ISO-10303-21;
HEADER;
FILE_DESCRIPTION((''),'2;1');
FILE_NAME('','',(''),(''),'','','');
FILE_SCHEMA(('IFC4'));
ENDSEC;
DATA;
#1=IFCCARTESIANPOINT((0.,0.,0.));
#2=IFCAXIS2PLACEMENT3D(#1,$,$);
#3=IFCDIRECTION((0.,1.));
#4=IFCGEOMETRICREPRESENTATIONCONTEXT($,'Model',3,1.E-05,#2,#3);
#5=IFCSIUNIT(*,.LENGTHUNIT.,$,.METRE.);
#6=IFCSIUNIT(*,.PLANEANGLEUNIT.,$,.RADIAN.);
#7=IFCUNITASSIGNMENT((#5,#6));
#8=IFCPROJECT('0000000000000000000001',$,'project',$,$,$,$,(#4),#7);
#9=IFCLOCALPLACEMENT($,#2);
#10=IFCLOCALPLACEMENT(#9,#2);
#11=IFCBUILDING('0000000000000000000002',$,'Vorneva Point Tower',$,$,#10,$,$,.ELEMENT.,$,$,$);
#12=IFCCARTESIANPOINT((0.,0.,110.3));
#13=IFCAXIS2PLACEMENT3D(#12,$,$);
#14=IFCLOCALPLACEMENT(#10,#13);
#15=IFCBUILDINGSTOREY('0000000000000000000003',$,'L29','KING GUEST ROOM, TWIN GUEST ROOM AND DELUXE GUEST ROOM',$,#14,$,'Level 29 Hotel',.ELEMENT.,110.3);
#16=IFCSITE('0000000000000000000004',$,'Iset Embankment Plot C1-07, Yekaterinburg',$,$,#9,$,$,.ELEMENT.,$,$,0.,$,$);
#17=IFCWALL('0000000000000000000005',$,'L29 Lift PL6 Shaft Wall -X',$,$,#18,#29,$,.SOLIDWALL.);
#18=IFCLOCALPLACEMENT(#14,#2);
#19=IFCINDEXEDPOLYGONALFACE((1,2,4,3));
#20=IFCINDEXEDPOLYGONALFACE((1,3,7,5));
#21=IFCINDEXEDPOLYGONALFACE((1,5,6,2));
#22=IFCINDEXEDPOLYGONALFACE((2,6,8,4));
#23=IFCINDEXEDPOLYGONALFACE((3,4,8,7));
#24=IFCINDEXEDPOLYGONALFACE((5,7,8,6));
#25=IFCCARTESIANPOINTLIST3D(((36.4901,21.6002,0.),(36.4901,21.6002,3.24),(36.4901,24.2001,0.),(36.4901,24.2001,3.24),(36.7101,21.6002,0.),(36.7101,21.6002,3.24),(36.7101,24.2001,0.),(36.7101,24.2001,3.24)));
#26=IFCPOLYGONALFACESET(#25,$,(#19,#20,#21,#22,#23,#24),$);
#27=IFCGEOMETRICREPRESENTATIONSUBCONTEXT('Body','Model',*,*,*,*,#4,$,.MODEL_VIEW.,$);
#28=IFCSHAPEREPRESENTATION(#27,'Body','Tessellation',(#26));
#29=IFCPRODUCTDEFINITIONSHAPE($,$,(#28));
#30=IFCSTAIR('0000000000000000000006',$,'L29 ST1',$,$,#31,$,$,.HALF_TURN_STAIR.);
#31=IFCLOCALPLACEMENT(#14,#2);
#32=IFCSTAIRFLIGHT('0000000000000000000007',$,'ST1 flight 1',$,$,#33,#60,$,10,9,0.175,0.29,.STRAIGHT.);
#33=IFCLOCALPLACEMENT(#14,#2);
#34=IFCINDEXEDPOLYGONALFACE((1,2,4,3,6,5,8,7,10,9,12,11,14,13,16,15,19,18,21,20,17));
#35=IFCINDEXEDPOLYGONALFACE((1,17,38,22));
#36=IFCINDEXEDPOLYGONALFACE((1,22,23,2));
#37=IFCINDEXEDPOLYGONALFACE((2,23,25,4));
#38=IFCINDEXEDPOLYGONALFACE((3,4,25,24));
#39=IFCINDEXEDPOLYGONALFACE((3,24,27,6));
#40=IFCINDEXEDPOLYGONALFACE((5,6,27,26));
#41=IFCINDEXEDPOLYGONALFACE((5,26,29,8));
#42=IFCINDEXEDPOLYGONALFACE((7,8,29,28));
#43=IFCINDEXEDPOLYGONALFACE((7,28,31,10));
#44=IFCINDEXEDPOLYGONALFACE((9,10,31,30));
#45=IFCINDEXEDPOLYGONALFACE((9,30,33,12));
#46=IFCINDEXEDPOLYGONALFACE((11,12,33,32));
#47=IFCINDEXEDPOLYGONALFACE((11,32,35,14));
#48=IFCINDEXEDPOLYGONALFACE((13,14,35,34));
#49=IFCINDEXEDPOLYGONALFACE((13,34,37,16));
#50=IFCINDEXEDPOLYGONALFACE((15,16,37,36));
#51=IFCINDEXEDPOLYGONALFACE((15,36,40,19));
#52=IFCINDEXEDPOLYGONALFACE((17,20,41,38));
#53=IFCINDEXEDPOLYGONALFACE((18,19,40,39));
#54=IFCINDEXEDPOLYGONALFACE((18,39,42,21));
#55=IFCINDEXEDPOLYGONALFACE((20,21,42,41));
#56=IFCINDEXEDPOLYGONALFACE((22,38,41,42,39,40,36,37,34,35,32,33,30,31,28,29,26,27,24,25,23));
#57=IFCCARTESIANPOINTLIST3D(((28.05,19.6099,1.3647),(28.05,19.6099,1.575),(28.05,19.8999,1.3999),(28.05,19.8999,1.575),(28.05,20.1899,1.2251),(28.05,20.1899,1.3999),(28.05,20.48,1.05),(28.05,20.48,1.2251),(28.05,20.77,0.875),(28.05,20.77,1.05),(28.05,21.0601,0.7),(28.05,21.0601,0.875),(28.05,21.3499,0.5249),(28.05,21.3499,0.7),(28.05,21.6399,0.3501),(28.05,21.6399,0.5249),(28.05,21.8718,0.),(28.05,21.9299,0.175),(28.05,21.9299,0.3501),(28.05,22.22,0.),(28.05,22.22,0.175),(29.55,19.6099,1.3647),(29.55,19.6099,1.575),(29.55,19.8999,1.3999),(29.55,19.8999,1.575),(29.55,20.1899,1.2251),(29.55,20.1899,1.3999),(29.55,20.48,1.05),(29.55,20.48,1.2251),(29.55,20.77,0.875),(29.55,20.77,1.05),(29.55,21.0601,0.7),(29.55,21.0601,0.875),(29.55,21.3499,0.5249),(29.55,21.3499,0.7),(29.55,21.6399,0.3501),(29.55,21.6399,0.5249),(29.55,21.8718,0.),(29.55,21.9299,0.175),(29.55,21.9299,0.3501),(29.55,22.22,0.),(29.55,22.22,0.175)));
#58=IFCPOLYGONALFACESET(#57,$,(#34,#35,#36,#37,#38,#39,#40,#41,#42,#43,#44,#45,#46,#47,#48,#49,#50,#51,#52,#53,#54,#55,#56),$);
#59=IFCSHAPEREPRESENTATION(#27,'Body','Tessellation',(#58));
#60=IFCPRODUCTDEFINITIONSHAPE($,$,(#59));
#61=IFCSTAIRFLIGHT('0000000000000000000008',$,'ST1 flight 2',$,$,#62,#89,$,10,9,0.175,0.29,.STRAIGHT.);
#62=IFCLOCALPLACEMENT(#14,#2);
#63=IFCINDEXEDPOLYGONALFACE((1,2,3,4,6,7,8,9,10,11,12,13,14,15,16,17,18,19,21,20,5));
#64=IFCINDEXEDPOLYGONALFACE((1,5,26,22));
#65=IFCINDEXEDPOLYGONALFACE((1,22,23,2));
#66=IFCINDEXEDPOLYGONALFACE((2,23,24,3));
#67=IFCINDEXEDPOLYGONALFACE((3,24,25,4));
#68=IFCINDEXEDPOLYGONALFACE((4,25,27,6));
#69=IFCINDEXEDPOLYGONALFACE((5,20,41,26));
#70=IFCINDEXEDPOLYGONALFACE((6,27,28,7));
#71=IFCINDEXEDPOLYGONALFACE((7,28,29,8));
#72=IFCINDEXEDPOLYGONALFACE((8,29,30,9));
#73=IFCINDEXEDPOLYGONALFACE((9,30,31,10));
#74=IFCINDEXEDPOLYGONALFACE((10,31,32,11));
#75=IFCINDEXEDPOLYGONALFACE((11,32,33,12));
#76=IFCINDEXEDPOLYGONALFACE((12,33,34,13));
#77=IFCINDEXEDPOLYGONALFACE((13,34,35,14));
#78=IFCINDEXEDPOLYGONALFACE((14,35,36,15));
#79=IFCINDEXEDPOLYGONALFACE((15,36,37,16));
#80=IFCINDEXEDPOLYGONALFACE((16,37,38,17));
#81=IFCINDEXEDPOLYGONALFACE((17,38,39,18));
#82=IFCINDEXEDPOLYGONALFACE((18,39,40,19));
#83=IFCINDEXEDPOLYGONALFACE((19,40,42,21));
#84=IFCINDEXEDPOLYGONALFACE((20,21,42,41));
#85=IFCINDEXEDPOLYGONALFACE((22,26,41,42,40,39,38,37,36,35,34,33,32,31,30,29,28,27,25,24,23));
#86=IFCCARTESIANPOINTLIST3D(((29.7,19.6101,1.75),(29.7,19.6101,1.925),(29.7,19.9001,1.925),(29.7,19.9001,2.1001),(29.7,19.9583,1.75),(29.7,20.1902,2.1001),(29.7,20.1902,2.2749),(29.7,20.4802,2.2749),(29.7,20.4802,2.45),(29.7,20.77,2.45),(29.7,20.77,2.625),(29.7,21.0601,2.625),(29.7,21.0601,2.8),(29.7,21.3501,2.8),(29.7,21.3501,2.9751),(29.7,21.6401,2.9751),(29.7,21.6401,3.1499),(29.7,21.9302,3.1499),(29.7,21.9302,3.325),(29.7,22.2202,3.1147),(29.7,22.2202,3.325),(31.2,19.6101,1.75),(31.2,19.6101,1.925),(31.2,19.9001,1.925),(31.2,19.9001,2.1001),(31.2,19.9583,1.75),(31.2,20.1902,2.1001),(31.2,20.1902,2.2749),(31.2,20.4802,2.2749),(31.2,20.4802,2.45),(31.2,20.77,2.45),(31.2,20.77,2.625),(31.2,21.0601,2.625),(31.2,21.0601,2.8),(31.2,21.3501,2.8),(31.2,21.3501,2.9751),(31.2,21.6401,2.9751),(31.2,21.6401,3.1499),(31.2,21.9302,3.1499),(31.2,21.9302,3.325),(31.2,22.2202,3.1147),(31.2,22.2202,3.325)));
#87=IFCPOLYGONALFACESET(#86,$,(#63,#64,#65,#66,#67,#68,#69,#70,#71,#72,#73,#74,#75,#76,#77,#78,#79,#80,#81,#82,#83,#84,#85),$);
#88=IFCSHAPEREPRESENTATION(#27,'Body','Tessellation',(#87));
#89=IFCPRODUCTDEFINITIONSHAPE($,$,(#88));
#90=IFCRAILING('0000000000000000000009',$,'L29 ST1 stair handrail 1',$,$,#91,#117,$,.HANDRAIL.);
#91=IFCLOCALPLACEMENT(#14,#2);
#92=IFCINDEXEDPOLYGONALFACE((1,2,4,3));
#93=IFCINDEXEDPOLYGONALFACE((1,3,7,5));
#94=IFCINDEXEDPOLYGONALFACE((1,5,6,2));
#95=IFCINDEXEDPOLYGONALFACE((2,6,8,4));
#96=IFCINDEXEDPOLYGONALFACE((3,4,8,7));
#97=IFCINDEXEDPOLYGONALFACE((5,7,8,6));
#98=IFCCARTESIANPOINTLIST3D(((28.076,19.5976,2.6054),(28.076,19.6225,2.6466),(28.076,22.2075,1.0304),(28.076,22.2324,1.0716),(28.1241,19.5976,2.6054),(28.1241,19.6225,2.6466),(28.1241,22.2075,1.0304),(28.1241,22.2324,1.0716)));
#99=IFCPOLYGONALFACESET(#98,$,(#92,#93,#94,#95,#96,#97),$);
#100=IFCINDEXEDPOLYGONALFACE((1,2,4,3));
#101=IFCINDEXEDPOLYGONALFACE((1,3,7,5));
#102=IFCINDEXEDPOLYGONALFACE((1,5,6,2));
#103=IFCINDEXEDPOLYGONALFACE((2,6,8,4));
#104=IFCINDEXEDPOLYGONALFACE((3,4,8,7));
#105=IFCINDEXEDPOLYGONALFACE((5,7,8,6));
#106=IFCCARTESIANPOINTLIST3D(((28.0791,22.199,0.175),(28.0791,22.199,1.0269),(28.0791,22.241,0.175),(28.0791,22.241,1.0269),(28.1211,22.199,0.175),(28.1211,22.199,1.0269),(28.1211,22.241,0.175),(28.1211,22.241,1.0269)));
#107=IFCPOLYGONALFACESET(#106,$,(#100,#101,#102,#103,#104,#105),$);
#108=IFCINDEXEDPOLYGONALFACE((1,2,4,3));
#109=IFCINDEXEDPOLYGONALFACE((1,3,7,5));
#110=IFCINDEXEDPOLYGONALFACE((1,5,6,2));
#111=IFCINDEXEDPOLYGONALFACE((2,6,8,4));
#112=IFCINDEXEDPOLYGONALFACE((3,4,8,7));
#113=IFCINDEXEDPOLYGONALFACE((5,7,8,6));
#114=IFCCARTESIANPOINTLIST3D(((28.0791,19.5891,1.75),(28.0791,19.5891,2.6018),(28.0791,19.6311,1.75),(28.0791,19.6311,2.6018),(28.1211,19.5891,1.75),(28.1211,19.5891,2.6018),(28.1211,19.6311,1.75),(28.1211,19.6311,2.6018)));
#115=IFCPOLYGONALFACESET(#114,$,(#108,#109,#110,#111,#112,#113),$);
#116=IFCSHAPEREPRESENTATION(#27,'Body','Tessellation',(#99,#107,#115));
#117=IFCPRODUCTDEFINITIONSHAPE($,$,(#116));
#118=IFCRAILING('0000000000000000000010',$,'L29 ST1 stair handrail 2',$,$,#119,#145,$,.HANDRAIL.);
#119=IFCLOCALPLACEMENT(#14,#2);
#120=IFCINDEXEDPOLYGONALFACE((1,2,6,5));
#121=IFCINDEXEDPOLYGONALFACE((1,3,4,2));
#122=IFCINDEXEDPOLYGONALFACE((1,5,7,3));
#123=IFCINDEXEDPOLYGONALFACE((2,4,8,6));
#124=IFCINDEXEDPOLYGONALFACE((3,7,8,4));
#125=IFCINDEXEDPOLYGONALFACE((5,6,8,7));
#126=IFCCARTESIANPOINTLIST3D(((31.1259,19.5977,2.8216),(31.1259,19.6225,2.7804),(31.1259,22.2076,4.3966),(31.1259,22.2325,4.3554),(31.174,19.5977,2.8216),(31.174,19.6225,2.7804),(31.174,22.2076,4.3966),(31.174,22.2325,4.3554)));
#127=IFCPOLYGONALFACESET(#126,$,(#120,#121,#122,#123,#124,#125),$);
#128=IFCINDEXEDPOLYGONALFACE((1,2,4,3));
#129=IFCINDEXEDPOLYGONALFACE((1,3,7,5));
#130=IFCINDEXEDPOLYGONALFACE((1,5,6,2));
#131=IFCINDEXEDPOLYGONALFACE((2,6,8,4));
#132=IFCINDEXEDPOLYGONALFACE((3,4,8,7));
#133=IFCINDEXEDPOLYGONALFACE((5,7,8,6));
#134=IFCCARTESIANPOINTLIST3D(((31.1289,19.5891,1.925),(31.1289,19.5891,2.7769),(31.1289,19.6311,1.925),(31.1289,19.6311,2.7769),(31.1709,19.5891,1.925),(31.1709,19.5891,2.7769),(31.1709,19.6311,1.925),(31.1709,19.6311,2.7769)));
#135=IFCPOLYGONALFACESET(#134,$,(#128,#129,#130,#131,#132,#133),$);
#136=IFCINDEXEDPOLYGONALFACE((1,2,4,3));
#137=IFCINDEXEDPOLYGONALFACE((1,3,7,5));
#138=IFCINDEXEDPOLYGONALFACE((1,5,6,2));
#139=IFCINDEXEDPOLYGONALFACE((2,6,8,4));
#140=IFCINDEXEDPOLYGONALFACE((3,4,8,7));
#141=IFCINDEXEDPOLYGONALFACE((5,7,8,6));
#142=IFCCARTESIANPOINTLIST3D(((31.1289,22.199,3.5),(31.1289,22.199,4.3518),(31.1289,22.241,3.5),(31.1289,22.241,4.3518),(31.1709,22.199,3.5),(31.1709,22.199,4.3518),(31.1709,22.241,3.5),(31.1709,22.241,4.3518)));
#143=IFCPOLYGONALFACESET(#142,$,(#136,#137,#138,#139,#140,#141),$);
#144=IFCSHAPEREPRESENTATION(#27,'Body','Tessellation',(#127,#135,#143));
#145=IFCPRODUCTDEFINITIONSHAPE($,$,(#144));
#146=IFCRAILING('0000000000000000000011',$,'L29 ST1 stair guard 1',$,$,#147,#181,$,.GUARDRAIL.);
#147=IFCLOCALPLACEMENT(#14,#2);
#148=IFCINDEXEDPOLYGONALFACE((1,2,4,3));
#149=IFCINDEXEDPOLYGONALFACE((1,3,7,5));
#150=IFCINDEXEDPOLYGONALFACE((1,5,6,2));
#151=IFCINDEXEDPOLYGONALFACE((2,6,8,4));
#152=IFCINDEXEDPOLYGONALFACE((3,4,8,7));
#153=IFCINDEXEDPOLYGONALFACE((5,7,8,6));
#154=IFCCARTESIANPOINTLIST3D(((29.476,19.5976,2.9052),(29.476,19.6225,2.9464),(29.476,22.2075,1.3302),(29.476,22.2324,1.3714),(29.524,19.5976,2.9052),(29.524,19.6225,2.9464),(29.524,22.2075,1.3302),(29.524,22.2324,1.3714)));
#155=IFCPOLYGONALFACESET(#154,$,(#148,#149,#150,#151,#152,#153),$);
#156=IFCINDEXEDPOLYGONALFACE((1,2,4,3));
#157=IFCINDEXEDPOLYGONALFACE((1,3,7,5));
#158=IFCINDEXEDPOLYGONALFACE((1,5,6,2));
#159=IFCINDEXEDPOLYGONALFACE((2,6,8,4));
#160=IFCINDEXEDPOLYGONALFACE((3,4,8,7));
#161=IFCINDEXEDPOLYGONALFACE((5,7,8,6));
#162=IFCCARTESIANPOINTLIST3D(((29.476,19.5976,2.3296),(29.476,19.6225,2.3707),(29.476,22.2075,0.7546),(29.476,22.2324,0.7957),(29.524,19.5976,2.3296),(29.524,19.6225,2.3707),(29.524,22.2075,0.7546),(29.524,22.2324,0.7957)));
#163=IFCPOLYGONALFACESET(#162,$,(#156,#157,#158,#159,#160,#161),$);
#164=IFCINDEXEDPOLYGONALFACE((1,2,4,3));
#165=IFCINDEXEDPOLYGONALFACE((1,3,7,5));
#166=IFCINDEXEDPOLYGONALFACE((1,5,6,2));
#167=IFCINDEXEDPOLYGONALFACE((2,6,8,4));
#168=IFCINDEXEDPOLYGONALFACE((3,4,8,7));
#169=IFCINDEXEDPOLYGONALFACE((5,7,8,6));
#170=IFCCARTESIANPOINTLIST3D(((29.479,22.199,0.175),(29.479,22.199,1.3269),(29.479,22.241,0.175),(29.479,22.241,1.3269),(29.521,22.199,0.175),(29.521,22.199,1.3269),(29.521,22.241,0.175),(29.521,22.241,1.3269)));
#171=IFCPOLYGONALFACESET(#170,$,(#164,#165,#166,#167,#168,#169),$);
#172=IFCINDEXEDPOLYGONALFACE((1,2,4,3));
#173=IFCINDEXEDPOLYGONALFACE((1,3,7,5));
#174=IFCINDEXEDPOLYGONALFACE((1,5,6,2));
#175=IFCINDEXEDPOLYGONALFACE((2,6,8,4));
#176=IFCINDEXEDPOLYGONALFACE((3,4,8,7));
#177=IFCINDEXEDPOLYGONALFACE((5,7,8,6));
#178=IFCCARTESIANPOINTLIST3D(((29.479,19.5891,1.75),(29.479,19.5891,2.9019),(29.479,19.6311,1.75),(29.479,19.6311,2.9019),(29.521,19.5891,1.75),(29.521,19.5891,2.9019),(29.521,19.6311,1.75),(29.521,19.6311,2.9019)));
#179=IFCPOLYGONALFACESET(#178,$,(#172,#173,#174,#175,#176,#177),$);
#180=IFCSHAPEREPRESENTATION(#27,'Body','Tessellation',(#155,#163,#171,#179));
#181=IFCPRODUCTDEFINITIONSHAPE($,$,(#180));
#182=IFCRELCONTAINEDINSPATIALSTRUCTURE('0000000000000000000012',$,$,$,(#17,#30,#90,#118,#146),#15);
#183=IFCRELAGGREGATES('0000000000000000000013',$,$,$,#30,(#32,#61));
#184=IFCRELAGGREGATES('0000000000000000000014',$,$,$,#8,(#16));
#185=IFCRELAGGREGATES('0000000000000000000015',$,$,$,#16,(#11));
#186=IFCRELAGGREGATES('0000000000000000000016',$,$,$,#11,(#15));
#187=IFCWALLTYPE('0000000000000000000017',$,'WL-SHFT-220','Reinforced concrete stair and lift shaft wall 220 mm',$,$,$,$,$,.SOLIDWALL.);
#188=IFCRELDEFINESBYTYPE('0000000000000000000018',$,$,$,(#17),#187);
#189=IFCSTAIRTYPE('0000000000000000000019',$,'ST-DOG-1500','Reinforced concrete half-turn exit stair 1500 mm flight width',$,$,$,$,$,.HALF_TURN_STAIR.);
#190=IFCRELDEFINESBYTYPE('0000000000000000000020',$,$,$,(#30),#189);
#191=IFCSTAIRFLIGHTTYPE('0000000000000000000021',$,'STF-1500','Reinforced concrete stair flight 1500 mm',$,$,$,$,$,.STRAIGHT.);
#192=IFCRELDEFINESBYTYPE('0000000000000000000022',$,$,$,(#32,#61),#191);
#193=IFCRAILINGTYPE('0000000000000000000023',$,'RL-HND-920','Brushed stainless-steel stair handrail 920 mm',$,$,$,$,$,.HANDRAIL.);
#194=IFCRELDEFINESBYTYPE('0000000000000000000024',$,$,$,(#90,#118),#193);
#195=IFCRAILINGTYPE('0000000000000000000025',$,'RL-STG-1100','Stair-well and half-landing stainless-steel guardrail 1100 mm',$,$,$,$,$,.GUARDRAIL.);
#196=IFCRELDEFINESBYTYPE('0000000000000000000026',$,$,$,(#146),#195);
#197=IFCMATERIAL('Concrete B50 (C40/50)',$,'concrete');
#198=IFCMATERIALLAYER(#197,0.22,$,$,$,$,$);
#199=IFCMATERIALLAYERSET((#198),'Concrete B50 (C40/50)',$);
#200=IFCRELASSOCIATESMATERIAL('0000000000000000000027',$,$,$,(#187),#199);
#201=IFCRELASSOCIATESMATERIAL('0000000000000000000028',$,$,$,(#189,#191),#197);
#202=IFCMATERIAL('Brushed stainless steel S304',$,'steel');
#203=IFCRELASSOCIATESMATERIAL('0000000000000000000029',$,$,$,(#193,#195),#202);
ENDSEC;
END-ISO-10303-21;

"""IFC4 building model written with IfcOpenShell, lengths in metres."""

from ifc_helpers import new_model, si_unit, direction, frame, frame_2d, origin, origin_2d, place, context, subcontext, project, spatial, polyline, rectangle, outline, extrude, material, layer, layer_set, type_object, element, aggregate, save


model = new_model("IFC4")

# Units and contexts
model_context = context("Model", 3, precision=1e-05, world=origin(), true_north=direction((0.0, 1.0)))
body_context = subcontext(model_context, "Body", "Model", "MODEL_VIEW")
ifc_project = project(units=[si_unit("LENGTHUNIT", "METRE"), si_unit("PLANEANGLEUNIT", "RADIAN")], contexts=[model_context])

# Site, building, storey
site_placement = place(None, origin())
site = spatial("IfcSite", under=ifc_project, at=site_placement, Name="Iset Embankment Plot C1-07, Yekaterinburg", CompositionType="ELEMENT", RefElevation=0.0)
building_placement = place(site_placement, origin())
building = spatial("IfcBuilding", under=site, at=building_placement, Name="Vorneva Point Tower", CompositionType="ELEMENT")
storey_placement = place(building_placement, frame((0.0, 0.0, 110.3)))
storey = spatial("IfcBuildingStorey", under=building, at=storey_placement, Name="L29", Description="KING GUEST ROOM, TWIN GUEST ROOM AND DELUXE GUEST ROOM", LongName="Level 29 Hotel", CompositionType="ELEMENT", Elevation=110.3)

# Wall
ifc_material_1 = material(Name="Concrete B50 (C40/50)", Category="concrete")
ifc_layer_1 = layer(ifc_material_1, 0.22)
ifc_layer_set_1 = layer_set([ifc_layer_1], Name="Concrete B50 (C40/50)")
wall_type_1 = type_object("IfcWallType", Name="WL-SHFT-220", Description="Reinforced concrete stair and lift shaft wall 220 mm", PredefinedType="SOLIDWALL", material=ifc_layer_set_1)
wall_1_placement = place(storey_placement, frame((36.6001, 24.2, 0.0), z_axis=(0.0, 0.0, 1.0), x_axis=(0.0, -1.0, 0.0)))
element("IfcWall", 1, at=wall_1_placement, inside=storey, type_object=wall_type_1, Name="L29 Lift PL6 Shaft Wall -X", PredefinedType="SOLIDWALL", context=body_context, shape_type="SweptSolid", body=[
    extrude(rectangle(XDim=2.5999, YDim=0.22, at=frame_2d((1.2998, 0.0))), origin(), (0.0, 0.0, 1.0), 3.24),
])

# Stair, stair flights
stair_type = type_object("IfcStairType", Name="ST-DOG-1500", Description="Reinforced concrete half-turn exit stair 1500 mm flight width", PredefinedType="HALF_TURN_STAIR", material=ifc_material_1)
stair_placement = place(storey_placement, origin())
stair = element("IfcStair", 2, at=stair_placement, inside=storey, type_object=stair_type, Name="L29 ST1", PredefinedType="HALF_TURN_STAIR")
stair_flight_type = type_object("IfcStairFlightType", Name="STF-1500", Description="Reinforced concrete stair flight 1500 mm", PredefinedType="STRAIGHT", material=ifc_material_1)
stair_flight_1_placement = place(storey_placement, frame((28.8, 22.22, 0.0), z_axis=(0.0, 0.0, 1.0), x_axis=(0.0, -1.0, 0.0)))
stair_flight_1 = element("IfcStairFlight", 3, at=stair_flight_1_placement, type_object=stair_flight_type, Name="ST1 flight 1", NumberOfRisers=10, NumberOfTreads=9, PredefinedType="STRAIGHT", RiserHeight=0.175, TreadLength=0.29, context=body_context, shape_type="SweptSolid", body=[
    extrude(outline(polyline([(0.0, 0.0), (0.0, 0.175), (0.29, 0.175), (0.29, 0.3501), (0.5801, 0.3501), (0.5801, 0.5249), (0.8701, 0.5249), (0.8701, 0.7), (1.1599, 0.7), (1.1599, 0.875), (1.45, 0.875), (1.45, 1.05), (1.74, 1.05), (1.74, 1.2251), (2.03, 1.2251), (2.03, 1.3999), (2.3201, 1.3999), (2.3201, 1.575), (2.6101, 1.575), (2.6101, 1.75), (2.6101, 1.3647), (0.3481, 0.0), (0.0, 0.0)])), frame((0.0, 0.75, 0.0), z_axis=(0.0, -1.0, 0.0), x_axis=(1.0, 0.0, 0.0)), (0.0, 0.0, 1.0), 1.5),
])
stair_flight_2_placement = place(storey_placement, frame((30.45, 19.6101, 1.75), z_axis=(0.0, 0.0, 1.0), x_axis=(0.0, 1.0, 0.0)))
stair_flight_2 = element("IfcStairFlight", 4, at=stair_flight_2_placement, type_object=stair_flight_type, Name="ST1 flight 2", NumberOfRisers=10, NumberOfTreads=9, PredefinedType="STRAIGHT", RiserHeight=0.175, TreadLength=0.29, context=body_context, shape_type="SweptSolid", body=[
    extrude(outline(polyline([(0.0, 0.0), (0.0, 0.175), (0.29, 0.175), (0.29, 0.3501), (0.5801, 0.3501), (0.5801, 0.5249), (0.8701, 0.5249), (0.8701, 0.7), (1.1599, 0.7), (1.1599, 0.875), (1.45, 0.875), (1.45, 1.05), (1.74, 1.05), (1.74, 1.2251), (2.03, 1.2251), (2.03, 1.3999), (2.3201, 1.3999), (2.3201, 1.575), (2.6101, 1.575), (2.6101, 1.75), (2.6101, 1.3647), (0.3481, 0.0), (0.0, 0.0)])), frame((0.0, 0.75, 0.0), z_axis=(0.0, -1.0, 0.0), x_axis=(1.0, 0.0, 0.0)), (0.0, 0.0, 1.0), 1.5),
])
aggregate(stair, [stair_flight_1, stair_flight_2])

# Railings
ifc_material_2 = material(Name="Brushed stainless steel S304", Category="steel")
railing_type_1 = type_object("IfcRailingType", Name="RL-HND-920", Description="Brushed stainless-steel stair handrail 920 mm", PredefinedType="HANDRAIL", material=ifc_material_2)
railing_1_placement = place(storey_placement, frame((28.1001, 22.22, 0.175)))
element("IfcRailing", 5, at=railing_1_placement, inside=storey, type_object=railing_type_1, Name="L29 ST1 stair handrail 1", PredefinedType="HANDRAIL", context=body_context, shape_type="SweptSolid", body=[
    extrude(rectangle(XDim=0.0481, YDim=0.0481, at=origin_2d()), frame((0.0, 0.0, 0.876), z_axis=(0.0, -0.856183, 0.516673), x_axis=(1.0, 0.0, 0.0)), (0.0, 0.0, 1.0), 3.0483),
    extrude(rectangle(XDim=0.042, YDim=0.042, at=origin_2d()), origin(), (0.0, 0.0, 1.0), 0.8518),
    extrude(rectangle(XDim=0.042, YDim=0.042, at=origin_2d()), frame((0.0, -2.6099, 1.575)), (0.0, 0.0, 1.0), 0.8518),
])
railing_2_placement = place(storey_placement, frame((31.1499, 19.6101, 1.925)))
element("IfcRailing", 6, at=railing_2_placement, inside=storey, type_object=railing_type_1, Name="L29 ST1 stair handrail 2", PredefinedType="HANDRAIL", context=body_context, shape_type="SweptSolid", body=[
    extrude(rectangle(XDim=0.0481, YDim=0.0481, at=origin_2d()), frame((0.0, 0.0, 0.876), z_axis=(0.0, 0.856183, 0.516673), x_axis=(-1.0, 0.0, 0.0)), (0.0, 0.0, 1.0), 3.0483),
    extrude(rectangle(XDim=0.042, YDim=0.042, at=origin_2d()), origin(), (0.0, 0.0, 1.0), 0.8518),
    extrude(rectangle(XDim=0.042, YDim=0.042, at=origin_2d()), frame((0.0, 2.6099, 1.575)), (0.0, 0.0, 1.0), 0.8518),
])
railing_type_2 = type_object("IfcRailingType", Name="RL-STG-1100", Description="Stair-well and half-landing stainless-steel guardrail 1100 mm", PredefinedType="GUARDRAIL", material=ifc_material_2)
railing_3_placement = place(storey_placement, frame((29.5, 22.22, 0.175)))
element("IfcRailing", 7, at=railing_3_placement, inside=storey, type_object=railing_type_2, Name="L29 ST1 stair guard 1", PredefinedType="GUARDRAIL", context=body_context, shape_type="SweptSolid", body=[
    extrude(rectangle(XDim=0.0481, YDim=0.0481, at=origin_2d()), frame((0.0, 0.0, 1.1758), z_axis=(0.0, -0.856183, 0.516673), x_axis=(1.0, 0.0, 0.0)), (0.0, 0.0, 1.0), 3.0483),
    extrude(rectangle(XDim=0.0481, YDim=0.0481, at=origin_2d()), frame((0.0, 0.0, 0.6001), z_axis=(0.0, -0.856183, 0.516673), x_axis=(1.0, 0.0, 0.0)), (0.0, 0.0, 1.0), 3.0483),
    extrude(rectangle(XDim=0.042, YDim=0.042, at=origin_2d()), origin(), (0.0, 0.0, 1.0), 1.1519),
    extrude(rectangle(XDim=0.042, YDim=0.042, at=origin_2d()), frame((0.0, -2.6099, 1.575)), (0.0, 0.0, 1.0), 1.1519),
])

save(model, "model.ifc")
